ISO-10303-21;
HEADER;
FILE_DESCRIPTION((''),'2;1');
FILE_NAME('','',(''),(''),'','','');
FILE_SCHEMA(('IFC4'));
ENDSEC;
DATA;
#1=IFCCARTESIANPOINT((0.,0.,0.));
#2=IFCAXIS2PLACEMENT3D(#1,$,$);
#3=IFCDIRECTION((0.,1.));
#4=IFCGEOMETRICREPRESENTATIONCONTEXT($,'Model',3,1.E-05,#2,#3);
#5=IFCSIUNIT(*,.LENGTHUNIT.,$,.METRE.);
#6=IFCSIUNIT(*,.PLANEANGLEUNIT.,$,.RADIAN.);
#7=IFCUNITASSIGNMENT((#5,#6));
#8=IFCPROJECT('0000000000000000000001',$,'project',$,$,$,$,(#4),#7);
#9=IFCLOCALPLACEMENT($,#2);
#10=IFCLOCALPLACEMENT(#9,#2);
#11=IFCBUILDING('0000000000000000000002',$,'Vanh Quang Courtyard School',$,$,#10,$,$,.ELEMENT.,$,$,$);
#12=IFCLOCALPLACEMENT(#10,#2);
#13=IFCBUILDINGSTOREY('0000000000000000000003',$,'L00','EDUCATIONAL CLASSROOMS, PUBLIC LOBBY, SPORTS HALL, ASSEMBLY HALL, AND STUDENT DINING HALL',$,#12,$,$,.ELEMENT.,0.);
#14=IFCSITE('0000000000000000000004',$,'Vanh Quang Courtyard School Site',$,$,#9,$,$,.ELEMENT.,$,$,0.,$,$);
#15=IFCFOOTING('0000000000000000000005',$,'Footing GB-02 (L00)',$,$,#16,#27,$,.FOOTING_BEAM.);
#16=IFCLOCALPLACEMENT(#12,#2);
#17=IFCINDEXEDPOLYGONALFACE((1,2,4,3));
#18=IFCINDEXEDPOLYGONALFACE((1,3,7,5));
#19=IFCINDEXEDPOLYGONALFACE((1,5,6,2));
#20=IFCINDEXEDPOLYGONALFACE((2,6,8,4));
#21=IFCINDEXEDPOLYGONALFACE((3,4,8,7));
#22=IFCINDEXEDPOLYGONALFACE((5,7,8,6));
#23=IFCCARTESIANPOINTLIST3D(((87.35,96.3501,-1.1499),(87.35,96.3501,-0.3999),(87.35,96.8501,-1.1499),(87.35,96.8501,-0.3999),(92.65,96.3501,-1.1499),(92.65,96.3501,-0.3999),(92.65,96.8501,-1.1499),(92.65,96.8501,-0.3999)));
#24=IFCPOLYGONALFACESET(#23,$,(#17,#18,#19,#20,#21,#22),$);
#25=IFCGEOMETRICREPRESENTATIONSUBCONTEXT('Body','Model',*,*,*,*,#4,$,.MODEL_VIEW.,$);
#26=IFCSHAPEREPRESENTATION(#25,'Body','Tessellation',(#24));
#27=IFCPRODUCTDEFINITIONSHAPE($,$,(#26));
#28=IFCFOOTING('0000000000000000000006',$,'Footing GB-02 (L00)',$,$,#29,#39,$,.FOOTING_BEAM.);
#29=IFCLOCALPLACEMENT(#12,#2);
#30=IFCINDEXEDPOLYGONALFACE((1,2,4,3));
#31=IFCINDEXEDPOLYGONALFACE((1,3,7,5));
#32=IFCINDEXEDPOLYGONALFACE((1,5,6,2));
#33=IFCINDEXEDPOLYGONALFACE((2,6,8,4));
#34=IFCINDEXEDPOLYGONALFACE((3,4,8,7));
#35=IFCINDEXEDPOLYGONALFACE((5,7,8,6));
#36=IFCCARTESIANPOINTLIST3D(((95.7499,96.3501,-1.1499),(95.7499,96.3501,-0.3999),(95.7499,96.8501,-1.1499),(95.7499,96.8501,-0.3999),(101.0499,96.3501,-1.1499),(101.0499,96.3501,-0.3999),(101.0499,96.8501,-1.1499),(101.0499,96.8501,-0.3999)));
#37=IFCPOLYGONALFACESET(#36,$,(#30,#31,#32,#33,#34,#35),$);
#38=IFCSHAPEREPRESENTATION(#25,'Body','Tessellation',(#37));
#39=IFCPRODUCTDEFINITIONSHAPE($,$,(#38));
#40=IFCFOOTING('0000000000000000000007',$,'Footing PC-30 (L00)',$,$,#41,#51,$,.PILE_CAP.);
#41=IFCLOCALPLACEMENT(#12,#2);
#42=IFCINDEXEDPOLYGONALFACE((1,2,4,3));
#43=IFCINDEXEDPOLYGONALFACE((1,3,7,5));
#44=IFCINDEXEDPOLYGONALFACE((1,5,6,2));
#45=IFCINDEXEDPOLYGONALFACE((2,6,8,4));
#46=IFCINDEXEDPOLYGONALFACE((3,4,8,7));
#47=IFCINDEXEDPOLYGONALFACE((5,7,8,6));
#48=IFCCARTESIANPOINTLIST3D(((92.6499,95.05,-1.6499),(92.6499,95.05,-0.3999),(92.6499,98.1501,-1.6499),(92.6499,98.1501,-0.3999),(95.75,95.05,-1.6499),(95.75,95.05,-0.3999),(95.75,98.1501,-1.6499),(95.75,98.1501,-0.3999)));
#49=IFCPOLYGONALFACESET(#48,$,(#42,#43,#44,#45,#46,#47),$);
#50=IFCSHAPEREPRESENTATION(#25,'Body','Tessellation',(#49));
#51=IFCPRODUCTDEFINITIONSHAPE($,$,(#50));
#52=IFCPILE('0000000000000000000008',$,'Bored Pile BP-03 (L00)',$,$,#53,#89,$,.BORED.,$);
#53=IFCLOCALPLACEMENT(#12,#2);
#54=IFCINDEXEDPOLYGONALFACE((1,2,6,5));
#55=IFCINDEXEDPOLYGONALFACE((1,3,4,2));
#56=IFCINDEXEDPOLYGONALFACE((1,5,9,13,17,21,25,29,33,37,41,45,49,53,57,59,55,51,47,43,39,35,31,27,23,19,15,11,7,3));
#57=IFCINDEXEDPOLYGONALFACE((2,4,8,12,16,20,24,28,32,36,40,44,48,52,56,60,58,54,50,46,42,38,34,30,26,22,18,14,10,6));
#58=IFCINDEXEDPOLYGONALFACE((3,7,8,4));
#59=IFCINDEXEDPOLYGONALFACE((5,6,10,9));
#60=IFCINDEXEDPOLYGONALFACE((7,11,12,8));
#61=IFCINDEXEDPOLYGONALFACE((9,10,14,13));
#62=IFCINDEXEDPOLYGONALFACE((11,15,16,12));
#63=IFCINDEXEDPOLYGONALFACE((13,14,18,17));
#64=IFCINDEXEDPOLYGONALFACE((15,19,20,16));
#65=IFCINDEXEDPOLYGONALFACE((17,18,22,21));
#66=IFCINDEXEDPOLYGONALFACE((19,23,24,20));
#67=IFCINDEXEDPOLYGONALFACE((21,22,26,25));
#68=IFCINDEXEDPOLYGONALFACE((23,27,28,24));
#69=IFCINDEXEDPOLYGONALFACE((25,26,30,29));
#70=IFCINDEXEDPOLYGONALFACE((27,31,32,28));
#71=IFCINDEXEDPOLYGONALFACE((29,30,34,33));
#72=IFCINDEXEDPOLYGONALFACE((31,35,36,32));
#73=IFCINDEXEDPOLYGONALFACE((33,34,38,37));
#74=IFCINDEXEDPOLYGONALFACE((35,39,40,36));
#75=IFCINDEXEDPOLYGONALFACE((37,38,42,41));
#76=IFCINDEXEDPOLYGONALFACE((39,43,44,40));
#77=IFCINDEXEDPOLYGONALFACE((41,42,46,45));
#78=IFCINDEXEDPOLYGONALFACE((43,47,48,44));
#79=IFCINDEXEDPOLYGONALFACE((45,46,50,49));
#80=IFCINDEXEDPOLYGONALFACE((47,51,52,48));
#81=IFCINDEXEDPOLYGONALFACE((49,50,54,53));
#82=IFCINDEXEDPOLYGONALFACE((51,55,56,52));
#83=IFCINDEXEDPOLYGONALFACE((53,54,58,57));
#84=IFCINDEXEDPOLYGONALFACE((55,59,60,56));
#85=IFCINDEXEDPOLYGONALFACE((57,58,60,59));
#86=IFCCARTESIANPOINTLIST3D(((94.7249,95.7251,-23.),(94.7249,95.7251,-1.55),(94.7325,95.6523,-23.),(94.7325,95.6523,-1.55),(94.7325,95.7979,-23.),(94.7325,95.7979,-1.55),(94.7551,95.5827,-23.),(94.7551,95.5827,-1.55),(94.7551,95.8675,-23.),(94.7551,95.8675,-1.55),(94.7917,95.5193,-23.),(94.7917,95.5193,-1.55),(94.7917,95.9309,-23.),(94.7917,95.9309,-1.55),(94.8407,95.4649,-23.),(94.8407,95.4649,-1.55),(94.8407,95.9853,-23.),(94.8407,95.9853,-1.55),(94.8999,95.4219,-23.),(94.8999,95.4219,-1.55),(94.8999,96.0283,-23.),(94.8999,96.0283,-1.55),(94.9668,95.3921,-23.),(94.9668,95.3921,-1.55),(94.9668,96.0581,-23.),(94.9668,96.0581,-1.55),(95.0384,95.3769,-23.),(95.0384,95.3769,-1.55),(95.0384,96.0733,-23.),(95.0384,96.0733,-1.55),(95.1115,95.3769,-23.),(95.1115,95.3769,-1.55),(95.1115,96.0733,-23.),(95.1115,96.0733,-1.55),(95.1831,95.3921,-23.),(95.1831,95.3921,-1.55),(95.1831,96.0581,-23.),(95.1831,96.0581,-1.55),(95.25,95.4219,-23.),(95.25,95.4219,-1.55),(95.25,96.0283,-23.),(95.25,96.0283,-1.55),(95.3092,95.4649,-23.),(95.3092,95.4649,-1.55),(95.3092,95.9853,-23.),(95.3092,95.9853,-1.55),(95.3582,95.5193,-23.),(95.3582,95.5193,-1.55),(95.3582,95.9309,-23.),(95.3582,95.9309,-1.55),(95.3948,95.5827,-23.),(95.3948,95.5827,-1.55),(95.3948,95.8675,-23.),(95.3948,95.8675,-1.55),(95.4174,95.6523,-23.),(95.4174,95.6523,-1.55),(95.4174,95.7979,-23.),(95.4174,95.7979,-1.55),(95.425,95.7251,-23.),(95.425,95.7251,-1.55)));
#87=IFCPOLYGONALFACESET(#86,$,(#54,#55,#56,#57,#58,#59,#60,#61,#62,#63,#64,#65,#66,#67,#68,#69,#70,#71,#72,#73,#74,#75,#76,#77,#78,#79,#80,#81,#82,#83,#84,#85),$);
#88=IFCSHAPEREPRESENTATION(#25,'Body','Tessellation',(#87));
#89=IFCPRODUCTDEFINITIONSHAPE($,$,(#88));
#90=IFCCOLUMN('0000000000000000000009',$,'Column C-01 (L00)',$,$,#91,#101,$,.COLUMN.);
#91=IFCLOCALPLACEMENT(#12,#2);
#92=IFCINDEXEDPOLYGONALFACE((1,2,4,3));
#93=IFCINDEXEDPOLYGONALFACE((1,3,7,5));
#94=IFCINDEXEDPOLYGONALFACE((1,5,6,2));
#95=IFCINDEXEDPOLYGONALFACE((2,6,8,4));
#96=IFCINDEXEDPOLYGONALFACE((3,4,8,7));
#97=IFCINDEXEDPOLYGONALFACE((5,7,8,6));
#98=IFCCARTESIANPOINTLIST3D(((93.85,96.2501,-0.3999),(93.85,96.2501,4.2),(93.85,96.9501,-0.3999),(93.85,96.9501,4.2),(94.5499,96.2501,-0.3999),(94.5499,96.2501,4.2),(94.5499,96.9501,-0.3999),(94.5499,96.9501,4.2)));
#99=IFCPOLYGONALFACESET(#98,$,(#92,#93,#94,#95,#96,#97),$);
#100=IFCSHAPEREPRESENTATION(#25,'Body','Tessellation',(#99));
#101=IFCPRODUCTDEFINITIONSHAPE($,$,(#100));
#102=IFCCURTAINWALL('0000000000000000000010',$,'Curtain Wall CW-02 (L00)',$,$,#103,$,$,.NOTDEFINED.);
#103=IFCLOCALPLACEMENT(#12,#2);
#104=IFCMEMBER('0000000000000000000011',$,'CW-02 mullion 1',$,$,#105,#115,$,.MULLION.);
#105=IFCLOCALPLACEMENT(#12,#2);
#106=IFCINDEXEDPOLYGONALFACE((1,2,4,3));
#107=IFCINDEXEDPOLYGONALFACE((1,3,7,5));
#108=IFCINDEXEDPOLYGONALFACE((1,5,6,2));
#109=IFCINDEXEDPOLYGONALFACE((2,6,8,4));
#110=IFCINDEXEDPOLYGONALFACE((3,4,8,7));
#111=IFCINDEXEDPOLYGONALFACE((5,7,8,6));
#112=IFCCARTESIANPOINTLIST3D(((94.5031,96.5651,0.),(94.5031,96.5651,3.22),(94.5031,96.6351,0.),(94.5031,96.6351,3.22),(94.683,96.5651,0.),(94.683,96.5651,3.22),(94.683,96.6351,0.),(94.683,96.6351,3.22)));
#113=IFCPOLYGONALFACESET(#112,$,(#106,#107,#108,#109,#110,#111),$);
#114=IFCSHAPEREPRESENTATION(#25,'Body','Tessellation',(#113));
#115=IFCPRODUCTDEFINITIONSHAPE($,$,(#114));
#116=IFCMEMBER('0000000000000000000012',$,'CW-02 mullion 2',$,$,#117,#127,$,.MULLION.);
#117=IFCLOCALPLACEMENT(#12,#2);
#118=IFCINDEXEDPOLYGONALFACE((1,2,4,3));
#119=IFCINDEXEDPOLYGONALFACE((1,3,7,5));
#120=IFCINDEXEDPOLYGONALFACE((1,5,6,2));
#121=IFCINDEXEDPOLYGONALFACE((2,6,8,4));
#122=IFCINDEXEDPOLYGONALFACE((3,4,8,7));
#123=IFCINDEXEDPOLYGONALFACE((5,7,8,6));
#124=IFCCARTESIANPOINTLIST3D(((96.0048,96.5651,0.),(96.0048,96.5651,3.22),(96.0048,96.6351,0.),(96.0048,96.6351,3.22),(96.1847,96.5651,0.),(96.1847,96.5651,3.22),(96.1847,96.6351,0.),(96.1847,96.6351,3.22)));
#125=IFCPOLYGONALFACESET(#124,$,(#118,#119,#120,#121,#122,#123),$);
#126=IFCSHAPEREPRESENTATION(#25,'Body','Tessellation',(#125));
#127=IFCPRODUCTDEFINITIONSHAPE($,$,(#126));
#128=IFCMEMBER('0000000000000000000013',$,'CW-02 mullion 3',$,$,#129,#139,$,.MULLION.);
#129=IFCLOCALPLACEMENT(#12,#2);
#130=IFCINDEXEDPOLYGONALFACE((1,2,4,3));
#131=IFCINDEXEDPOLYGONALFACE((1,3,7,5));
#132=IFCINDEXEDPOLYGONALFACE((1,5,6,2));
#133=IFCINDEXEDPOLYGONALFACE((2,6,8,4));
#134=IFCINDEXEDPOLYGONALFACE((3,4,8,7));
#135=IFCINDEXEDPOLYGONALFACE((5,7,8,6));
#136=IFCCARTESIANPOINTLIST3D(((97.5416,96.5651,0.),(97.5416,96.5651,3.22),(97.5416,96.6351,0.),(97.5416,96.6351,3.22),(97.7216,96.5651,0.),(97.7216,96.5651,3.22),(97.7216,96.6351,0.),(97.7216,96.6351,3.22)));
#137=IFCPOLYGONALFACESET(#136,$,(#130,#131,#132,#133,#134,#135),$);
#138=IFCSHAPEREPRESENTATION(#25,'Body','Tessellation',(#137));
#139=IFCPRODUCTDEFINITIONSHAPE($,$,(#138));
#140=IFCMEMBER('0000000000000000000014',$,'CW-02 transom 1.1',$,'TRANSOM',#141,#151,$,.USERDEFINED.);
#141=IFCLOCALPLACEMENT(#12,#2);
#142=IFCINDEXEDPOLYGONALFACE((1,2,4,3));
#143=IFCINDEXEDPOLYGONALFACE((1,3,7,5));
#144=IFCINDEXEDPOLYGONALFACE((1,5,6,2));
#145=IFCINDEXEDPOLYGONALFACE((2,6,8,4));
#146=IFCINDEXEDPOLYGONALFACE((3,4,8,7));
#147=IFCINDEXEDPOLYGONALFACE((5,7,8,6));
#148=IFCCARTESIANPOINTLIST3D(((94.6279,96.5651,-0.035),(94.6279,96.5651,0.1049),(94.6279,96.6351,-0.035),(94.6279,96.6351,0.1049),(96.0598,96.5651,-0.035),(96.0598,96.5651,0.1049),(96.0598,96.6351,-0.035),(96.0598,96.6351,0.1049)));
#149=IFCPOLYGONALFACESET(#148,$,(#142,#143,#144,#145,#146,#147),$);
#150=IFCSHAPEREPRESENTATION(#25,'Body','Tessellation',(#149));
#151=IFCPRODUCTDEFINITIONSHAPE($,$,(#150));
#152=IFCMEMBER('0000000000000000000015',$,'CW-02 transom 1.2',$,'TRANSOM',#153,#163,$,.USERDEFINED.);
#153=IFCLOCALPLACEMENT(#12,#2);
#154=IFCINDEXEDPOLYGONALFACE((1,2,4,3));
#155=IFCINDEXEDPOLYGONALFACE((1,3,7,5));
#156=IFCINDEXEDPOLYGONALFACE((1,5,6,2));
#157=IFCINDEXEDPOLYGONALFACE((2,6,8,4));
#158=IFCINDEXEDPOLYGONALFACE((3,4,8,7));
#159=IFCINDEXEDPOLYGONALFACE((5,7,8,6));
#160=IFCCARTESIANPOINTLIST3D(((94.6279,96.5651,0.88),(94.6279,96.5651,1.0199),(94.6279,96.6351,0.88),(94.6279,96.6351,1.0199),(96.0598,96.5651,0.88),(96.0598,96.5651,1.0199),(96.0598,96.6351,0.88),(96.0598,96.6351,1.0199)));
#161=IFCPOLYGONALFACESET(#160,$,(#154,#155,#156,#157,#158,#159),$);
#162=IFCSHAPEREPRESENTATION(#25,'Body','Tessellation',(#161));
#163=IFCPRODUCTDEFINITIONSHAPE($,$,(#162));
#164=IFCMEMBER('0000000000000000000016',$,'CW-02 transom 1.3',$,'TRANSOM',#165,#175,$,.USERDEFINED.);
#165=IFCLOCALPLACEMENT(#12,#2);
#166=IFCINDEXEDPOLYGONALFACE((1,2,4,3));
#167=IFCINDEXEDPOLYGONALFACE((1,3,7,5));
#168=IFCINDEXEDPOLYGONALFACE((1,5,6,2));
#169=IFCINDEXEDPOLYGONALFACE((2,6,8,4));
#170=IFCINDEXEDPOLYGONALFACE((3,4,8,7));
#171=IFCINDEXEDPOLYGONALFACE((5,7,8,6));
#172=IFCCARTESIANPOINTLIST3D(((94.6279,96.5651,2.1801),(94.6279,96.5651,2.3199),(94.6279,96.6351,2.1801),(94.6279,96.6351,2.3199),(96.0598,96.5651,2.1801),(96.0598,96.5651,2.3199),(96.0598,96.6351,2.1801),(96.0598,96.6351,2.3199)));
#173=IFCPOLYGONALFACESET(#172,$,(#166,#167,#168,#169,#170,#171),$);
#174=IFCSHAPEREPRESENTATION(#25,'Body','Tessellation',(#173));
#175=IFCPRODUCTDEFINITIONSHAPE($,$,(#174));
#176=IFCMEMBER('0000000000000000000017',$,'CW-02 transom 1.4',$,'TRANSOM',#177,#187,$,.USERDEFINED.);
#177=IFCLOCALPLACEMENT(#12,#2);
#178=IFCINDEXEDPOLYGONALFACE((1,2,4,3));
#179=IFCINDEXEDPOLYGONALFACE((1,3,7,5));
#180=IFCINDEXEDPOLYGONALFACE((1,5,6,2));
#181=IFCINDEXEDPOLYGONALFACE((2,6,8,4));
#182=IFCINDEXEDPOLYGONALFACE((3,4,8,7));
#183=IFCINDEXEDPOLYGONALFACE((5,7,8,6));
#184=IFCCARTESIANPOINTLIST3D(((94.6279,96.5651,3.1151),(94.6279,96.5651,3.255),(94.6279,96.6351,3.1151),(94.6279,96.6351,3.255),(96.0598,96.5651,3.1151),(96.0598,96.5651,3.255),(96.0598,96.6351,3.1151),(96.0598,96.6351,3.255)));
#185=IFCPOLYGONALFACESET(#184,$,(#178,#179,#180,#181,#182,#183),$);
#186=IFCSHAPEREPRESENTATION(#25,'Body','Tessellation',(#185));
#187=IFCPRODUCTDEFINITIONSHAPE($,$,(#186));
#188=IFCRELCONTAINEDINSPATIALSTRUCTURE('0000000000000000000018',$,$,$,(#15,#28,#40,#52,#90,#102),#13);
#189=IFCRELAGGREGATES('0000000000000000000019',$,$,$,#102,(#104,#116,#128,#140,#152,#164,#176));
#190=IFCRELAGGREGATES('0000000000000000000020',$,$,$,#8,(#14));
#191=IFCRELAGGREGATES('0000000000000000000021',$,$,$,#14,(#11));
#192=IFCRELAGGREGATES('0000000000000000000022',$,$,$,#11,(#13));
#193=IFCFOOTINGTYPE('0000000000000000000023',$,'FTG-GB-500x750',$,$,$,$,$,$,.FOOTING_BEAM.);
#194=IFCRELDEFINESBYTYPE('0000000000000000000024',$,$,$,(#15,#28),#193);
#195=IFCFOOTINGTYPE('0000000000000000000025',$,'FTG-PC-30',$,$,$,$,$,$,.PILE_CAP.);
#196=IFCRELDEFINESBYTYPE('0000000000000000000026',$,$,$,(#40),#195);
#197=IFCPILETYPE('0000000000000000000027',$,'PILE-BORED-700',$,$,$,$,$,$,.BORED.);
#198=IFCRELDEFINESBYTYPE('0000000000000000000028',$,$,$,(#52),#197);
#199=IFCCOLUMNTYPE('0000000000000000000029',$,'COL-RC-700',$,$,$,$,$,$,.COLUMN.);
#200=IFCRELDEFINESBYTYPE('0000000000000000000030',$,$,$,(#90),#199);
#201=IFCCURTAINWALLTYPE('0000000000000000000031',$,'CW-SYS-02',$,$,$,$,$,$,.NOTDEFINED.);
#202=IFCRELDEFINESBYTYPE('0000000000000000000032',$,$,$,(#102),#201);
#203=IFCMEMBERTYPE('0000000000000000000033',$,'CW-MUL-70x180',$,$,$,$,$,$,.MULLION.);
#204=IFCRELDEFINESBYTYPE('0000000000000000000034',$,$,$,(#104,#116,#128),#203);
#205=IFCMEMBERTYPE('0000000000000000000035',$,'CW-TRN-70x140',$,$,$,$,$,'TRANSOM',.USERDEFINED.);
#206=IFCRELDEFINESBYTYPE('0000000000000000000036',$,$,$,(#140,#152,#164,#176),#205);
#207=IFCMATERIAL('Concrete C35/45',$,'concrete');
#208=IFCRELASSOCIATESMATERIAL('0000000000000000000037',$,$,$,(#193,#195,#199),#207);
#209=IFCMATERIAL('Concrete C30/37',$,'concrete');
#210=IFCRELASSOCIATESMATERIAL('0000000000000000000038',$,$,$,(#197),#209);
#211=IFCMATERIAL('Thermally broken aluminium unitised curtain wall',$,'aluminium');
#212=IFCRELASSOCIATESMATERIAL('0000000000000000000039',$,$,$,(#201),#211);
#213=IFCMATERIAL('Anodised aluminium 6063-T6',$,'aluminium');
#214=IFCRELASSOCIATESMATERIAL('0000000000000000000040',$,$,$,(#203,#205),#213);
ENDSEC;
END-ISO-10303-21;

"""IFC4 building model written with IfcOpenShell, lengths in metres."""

from ifc_helpers import new_model, si_unit, direction, frame, origin, origin_2d, place, context, subcontext, project, spatial, rectangle, circle, extrude, material, material_profile, profile_set, type_object, element, aggregate, save


model = new_model("IFC4")

# Units and contexts
model_context = context("Model", 3, precision=1e-05, world=origin(), true_north=direction((0.0, 1.0)))
body_context = subcontext(model_context, "Body", "Model", "MODEL_VIEW")
ifc_project = project(units=[si_unit("LENGTHUNIT", "METRE"), si_unit("PLANEANGLEUNIT", "RADIAN")], contexts=[model_context])

# Site, building, storey
site_placement = place(None, origin())
site = spatial("IfcSite", under=ifc_project, at=site_placement, Name="Vanh Quang Courtyard School Site", CompositionType="ELEMENT", RefElevation=0.0)
building_placement = place(site_placement, origin())
building = spatial("IfcBuilding", under=site, at=building_placement, Name="Vanh Quang Courtyard School", CompositionType="ELEMENT")
storey_placement = place(building_placement, origin())
storey = spatial("IfcBuildingStorey", under=building, at=storey_placement, Name="L00", Description="EDUCATIONAL CLASSROOMS, PUBLIC LOBBY, SPORTS HALL, ASSEMBLY HALL, AND STUDENT DINING HALL", CompositionType="ELEMENT", Elevation=0.0)

# Footings
ifc_material_1 = material(Name="Concrete C35/45", Category="concrete")
footing_type_1 = type_object("IfcFootingType", Name="FTG-GB-500x750", PredefinedType="FOOTING_BEAM", material=ifc_material_1)
for number, where, z_axis, x_axis, name in (
    (1, (90.0, 96.6001, -1.1499), (0.0, 0.0, 1.0), (1.0, 0.0, 0.0), "Footing GB-02 (L00)"),
    (2, (98.3999, 96.6001, -1.1499), (0.0, 0.0, 1.0), (1.0, 0.0, 0.0), "Footing GB-02 (L00)"),
):
    element("IfcFooting", number, at=place(storey_placement, frame(where, z_axis=z_axis, x_axis=x_axis)), inside=storey, type_object=footing_type_1, Name=name, PredefinedType="FOOTING_BEAM", context=body_context, shape_type="SweptSolid", body=[
        extrude(rectangle(XDim=5.3, YDim=0.5, at=origin_2d()), origin(), (0.0, 0.0, 1.0), 0.75),
    ])
footing_type_2 = type_object("IfcFootingType", Name="FTG-PC-30", PredefinedType="PILE_CAP", material=ifc_material_1)
footing_placement = place(storey_placement, frame((94.2, 96.6001, -1.6499), z_axis=(0.0, 0.0, 1.0), x_axis=(1.0, 0.0, 0.0)))
element("IfcFooting", 3, at=footing_placement, inside=storey, type_object=footing_type_2, Name="Footing PC-30 (L00)", PredefinedType="PILE_CAP", context=body_context, shape_type="SweptSolid", body=[
    extrude(rectangle(XDim=3.1001, YDim=3.1001, at=origin_2d()), origin(), (0.0, 0.0, 1.0), 1.25),
])

# Pile
ifc_material_2 = material(Name="Concrete C30/37", Category="concrete")
ifc_material_profile_1 = material_profile(ifc_material_2, circle(Radius=0.3501, at=origin_2d()), Name="PILE D700")
ifc_profile_set_1 = profile_set([ifc_material_profile_1], Name="Concrete C30/37")
pile_type = type_object("IfcPileType", Name="PILE-BORED-700", PredefinedType="BORED", material=ifc_profile_set_1)
pile_placement = place(storey_placement, frame((95.075, 95.7251, -1.55), z_axis=(0.0, 0.0, -1.0), x_axis=(1.0, 0.0, 0.0)))
element("IfcPile", 4, at=pile_placement, inside=storey, type_object=pile_type, Name="Bored Pile BP-03 (L00)", PredefinedType="BORED", context=body_context, shape_type="SweptSolid", body=[
    extrude(circle(Radius=0.3501, at=origin_2d()), origin(), (0.0, 0.0, 1.0), 21.45),
])

# Column
ifc_material_profile_2 = material_profile(ifc_material_1, rectangle(XDim=0.7, YDim=0.7, at=origin_2d()), Name="RC-COL 700x700")
ifc_profile_set_2 = profile_set([ifc_material_profile_2], Name="Concrete C35/45")
column_type = type_object("IfcColumnType", Name="COL-RC-700", PredefinedType="COLUMN", material=ifc_profile_set_2)
column_placement = place(storey_placement, frame((94.2, 96.6001, -0.3999), z_axis=(0.0, 0.0, 1.0), x_axis=(1.0, 0.0, 0.0)))
element("IfcColumn", 5, at=column_placement, inside=storey, type_object=column_type, Name="Column C-01 (L00)", PredefinedType="COLUMN", context=body_context, shape_type="SweptSolid", body=[
    extrude(rectangle(XDim=0.7, YDim=0.7, at=origin_2d()), origin(), (0.0, 0.0, 1.0), 4.5999),
])

# Curtain wall, members
ifc_material_3 = material(Name="Thermally broken aluminium unitised curtain wall", Category="aluminium")
curtain_wall_type = type_object("IfcCurtainWallType", Name="CW-SYS-02", PredefinedType="NOTDEFINED", material=ifc_material_3)
curtain_wall_placement = place(storey_placement, origin())
curtain_wall = element("IfcCurtainWall", 6, at=curtain_wall_placement, inside=storey, type_object=curtain_wall_type, Name="Curtain Wall CW-02 (L00)", PredefinedType="NOTDEFINED")
ifc_material_4 = material(Name="Anodised aluminium 6063-T6", Category="aluminium")
ifc_material_profile_3 = material_profile(ifc_material_4, rectangle(XDim=0.0701, YDim=0.1799, at=origin_2d()), Name="ALU-MUL 70x180")
ifc_profile_set_3 = profile_set([ifc_material_profile_3], Name="Anodised aluminium 6063-T6")
member_type_1 = type_object("IfcMemberType", Name="CW-MUL-70x180", PredefinedType="MULLION", material=ifc_profile_set_3)
member_1_placement = place(storey_placement, frame((94.593, 96.6001, 0.0), z_axis=(0.0, 0.0, 1.0), x_axis=(0.0, 1.0, 0.0)))
member_1 = element("IfcMember", 7, at=member_1_placement, type_object=member_type_1, Name="CW-02 mullion 1", PredefinedType="MULLION", context=body_context, shape_type="SweptSolid", body=[
    extrude(rectangle(XDim=0.0701, YDim=0.1799, at=origin_2d()), origin(), (0.0, 0.0, 1.0), 3.22),
])
member_2_placement = place(storey_placement, frame((96.0947, 96.6001, 0.0), z_axis=(0.0, 0.0, 1.0), x_axis=(0.0, 1.0, 0.0)))
member_2 = element("IfcMember", 8, at=member_2_placement, type_object=member_type_1, Name="CW-02 mullion 2", PredefinedType="MULLION", context=body_context, shape_type="SweptSolid", body=[
    extrude(rectangle(XDim=0.0701, YDim=0.1799, at=origin_2d()), origin(), (0.0, 0.0, 1.0), 3.22),
])
member_3_placement = place(storey_placement, frame((97.6316, 96.6001, 0.0), z_axis=(0.0, 0.0, 1.0), x_axis=(0.0, 1.0, 0.0)))
member_3 = element("IfcMember", 9, at=member_3_placement, type_object=member_type_1, Name="CW-02 mullion 3", PredefinedType="MULLION", context=body_context, shape_type="SweptSolid", body=[
    extrude(rectangle(XDim=0.0701, YDim=0.1799, at=origin_2d()), origin(), (0.0, 0.0, 1.0), 3.22),
])
ifc_material_profile_4 = material_profile(ifc_material_4, rectangle(XDim=0.0701, YDim=0.1399, at=origin_2d()), Name="ALU-TRN 70x140")
ifc_profile_set_4 = profile_set([ifc_material_profile_4], Name="Anodised aluminium 6063-T6")
member_type_2 = type_object("IfcMemberType", Name="CW-TRN-70x140", ElementType="TRANSOM", PredefinedType="USERDEFINED", material=ifc_profile_set_4)
member_4_placement = place(storey_placement, frame((94.6279, 96.6001, 0.0349), z_axis=(1.0, 0.0, 0.0), x_axis=(0.0, 1.0, 0.0)))
member_4 = element("IfcMember", 10, at=member_4_placement, type_object=member_type_2, Name="CW-02 transom 1.1", ObjectType="TRANSOM", PredefinedType="USERDEFINED", context=body_context, shape_type="SweptSolid", body=[
    extrude(rectangle(XDim=0.0701, YDim=0.1399, at=origin_2d()), origin(), (0.0, 0.0, 1.0), 1.4319),
])
member_5_placement = place(storey_placement, frame((94.6279, 96.6001, 0.95), z_axis=(1.0, 0.0, 0.0), x_axis=(0.0, 1.0, 0.0)))
member_5 = element("IfcMember", 11, at=member_5_placement, type_object=member_type_2, Name="CW-02 transom 1.2", ObjectType="TRANSOM", PredefinedType="USERDEFINED", context=body_context, shape_type="SweptSolid", body=[
    extrude(rectangle(XDim=0.0701, YDim=0.1399, at=origin_2d()), origin(), (0.0, 0.0, 1.0), 1.4319),
])
member_6_placement = place(storey_placement, frame((94.6279, 96.6001, 2.25), z_axis=(1.0, 0.0, 0.0), x_axis=(0.0, 1.0, 0.0)))
member_6 = element("IfcMember", 12, at=member_6_placement, type_object=member_type_2, Name="CW-02 transom 1.3", ObjectType="TRANSOM", PredefinedType="USERDEFINED", context=body_context, shape_type="SweptSolid", body=[
    extrude(rectangle(XDim=0.0701, YDim=0.1399, at=origin_2d()), origin(), (0.0, 0.0, 1.0), 1.4319),
])
member_7_placement = place(storey_placement, frame((94.6279, 96.6001, 3.1851), z_axis=(1.0, 0.0, 0.0), x_axis=(0.0, 1.0, 0.0)))
member_7 = element("IfcMember", 13, at=member_7_placement, type_object=member_type_2, Name="CW-02 transom 1.4", ObjectType="TRANSOM", PredefinedType="USERDEFINED", context=body_context, shape_type="SweptSolid", body=[
    extrude(rectangle(XDim=0.0701, YDim=0.1399, at=origin_2d()), origin(), (0.0, 0.0, 1.0), 1.4319),
])
aggregate(curtain_wall, [member_1, member_2, member_3, member_4, member_5, member_6, member_7])

save(model, "model.ifc")
